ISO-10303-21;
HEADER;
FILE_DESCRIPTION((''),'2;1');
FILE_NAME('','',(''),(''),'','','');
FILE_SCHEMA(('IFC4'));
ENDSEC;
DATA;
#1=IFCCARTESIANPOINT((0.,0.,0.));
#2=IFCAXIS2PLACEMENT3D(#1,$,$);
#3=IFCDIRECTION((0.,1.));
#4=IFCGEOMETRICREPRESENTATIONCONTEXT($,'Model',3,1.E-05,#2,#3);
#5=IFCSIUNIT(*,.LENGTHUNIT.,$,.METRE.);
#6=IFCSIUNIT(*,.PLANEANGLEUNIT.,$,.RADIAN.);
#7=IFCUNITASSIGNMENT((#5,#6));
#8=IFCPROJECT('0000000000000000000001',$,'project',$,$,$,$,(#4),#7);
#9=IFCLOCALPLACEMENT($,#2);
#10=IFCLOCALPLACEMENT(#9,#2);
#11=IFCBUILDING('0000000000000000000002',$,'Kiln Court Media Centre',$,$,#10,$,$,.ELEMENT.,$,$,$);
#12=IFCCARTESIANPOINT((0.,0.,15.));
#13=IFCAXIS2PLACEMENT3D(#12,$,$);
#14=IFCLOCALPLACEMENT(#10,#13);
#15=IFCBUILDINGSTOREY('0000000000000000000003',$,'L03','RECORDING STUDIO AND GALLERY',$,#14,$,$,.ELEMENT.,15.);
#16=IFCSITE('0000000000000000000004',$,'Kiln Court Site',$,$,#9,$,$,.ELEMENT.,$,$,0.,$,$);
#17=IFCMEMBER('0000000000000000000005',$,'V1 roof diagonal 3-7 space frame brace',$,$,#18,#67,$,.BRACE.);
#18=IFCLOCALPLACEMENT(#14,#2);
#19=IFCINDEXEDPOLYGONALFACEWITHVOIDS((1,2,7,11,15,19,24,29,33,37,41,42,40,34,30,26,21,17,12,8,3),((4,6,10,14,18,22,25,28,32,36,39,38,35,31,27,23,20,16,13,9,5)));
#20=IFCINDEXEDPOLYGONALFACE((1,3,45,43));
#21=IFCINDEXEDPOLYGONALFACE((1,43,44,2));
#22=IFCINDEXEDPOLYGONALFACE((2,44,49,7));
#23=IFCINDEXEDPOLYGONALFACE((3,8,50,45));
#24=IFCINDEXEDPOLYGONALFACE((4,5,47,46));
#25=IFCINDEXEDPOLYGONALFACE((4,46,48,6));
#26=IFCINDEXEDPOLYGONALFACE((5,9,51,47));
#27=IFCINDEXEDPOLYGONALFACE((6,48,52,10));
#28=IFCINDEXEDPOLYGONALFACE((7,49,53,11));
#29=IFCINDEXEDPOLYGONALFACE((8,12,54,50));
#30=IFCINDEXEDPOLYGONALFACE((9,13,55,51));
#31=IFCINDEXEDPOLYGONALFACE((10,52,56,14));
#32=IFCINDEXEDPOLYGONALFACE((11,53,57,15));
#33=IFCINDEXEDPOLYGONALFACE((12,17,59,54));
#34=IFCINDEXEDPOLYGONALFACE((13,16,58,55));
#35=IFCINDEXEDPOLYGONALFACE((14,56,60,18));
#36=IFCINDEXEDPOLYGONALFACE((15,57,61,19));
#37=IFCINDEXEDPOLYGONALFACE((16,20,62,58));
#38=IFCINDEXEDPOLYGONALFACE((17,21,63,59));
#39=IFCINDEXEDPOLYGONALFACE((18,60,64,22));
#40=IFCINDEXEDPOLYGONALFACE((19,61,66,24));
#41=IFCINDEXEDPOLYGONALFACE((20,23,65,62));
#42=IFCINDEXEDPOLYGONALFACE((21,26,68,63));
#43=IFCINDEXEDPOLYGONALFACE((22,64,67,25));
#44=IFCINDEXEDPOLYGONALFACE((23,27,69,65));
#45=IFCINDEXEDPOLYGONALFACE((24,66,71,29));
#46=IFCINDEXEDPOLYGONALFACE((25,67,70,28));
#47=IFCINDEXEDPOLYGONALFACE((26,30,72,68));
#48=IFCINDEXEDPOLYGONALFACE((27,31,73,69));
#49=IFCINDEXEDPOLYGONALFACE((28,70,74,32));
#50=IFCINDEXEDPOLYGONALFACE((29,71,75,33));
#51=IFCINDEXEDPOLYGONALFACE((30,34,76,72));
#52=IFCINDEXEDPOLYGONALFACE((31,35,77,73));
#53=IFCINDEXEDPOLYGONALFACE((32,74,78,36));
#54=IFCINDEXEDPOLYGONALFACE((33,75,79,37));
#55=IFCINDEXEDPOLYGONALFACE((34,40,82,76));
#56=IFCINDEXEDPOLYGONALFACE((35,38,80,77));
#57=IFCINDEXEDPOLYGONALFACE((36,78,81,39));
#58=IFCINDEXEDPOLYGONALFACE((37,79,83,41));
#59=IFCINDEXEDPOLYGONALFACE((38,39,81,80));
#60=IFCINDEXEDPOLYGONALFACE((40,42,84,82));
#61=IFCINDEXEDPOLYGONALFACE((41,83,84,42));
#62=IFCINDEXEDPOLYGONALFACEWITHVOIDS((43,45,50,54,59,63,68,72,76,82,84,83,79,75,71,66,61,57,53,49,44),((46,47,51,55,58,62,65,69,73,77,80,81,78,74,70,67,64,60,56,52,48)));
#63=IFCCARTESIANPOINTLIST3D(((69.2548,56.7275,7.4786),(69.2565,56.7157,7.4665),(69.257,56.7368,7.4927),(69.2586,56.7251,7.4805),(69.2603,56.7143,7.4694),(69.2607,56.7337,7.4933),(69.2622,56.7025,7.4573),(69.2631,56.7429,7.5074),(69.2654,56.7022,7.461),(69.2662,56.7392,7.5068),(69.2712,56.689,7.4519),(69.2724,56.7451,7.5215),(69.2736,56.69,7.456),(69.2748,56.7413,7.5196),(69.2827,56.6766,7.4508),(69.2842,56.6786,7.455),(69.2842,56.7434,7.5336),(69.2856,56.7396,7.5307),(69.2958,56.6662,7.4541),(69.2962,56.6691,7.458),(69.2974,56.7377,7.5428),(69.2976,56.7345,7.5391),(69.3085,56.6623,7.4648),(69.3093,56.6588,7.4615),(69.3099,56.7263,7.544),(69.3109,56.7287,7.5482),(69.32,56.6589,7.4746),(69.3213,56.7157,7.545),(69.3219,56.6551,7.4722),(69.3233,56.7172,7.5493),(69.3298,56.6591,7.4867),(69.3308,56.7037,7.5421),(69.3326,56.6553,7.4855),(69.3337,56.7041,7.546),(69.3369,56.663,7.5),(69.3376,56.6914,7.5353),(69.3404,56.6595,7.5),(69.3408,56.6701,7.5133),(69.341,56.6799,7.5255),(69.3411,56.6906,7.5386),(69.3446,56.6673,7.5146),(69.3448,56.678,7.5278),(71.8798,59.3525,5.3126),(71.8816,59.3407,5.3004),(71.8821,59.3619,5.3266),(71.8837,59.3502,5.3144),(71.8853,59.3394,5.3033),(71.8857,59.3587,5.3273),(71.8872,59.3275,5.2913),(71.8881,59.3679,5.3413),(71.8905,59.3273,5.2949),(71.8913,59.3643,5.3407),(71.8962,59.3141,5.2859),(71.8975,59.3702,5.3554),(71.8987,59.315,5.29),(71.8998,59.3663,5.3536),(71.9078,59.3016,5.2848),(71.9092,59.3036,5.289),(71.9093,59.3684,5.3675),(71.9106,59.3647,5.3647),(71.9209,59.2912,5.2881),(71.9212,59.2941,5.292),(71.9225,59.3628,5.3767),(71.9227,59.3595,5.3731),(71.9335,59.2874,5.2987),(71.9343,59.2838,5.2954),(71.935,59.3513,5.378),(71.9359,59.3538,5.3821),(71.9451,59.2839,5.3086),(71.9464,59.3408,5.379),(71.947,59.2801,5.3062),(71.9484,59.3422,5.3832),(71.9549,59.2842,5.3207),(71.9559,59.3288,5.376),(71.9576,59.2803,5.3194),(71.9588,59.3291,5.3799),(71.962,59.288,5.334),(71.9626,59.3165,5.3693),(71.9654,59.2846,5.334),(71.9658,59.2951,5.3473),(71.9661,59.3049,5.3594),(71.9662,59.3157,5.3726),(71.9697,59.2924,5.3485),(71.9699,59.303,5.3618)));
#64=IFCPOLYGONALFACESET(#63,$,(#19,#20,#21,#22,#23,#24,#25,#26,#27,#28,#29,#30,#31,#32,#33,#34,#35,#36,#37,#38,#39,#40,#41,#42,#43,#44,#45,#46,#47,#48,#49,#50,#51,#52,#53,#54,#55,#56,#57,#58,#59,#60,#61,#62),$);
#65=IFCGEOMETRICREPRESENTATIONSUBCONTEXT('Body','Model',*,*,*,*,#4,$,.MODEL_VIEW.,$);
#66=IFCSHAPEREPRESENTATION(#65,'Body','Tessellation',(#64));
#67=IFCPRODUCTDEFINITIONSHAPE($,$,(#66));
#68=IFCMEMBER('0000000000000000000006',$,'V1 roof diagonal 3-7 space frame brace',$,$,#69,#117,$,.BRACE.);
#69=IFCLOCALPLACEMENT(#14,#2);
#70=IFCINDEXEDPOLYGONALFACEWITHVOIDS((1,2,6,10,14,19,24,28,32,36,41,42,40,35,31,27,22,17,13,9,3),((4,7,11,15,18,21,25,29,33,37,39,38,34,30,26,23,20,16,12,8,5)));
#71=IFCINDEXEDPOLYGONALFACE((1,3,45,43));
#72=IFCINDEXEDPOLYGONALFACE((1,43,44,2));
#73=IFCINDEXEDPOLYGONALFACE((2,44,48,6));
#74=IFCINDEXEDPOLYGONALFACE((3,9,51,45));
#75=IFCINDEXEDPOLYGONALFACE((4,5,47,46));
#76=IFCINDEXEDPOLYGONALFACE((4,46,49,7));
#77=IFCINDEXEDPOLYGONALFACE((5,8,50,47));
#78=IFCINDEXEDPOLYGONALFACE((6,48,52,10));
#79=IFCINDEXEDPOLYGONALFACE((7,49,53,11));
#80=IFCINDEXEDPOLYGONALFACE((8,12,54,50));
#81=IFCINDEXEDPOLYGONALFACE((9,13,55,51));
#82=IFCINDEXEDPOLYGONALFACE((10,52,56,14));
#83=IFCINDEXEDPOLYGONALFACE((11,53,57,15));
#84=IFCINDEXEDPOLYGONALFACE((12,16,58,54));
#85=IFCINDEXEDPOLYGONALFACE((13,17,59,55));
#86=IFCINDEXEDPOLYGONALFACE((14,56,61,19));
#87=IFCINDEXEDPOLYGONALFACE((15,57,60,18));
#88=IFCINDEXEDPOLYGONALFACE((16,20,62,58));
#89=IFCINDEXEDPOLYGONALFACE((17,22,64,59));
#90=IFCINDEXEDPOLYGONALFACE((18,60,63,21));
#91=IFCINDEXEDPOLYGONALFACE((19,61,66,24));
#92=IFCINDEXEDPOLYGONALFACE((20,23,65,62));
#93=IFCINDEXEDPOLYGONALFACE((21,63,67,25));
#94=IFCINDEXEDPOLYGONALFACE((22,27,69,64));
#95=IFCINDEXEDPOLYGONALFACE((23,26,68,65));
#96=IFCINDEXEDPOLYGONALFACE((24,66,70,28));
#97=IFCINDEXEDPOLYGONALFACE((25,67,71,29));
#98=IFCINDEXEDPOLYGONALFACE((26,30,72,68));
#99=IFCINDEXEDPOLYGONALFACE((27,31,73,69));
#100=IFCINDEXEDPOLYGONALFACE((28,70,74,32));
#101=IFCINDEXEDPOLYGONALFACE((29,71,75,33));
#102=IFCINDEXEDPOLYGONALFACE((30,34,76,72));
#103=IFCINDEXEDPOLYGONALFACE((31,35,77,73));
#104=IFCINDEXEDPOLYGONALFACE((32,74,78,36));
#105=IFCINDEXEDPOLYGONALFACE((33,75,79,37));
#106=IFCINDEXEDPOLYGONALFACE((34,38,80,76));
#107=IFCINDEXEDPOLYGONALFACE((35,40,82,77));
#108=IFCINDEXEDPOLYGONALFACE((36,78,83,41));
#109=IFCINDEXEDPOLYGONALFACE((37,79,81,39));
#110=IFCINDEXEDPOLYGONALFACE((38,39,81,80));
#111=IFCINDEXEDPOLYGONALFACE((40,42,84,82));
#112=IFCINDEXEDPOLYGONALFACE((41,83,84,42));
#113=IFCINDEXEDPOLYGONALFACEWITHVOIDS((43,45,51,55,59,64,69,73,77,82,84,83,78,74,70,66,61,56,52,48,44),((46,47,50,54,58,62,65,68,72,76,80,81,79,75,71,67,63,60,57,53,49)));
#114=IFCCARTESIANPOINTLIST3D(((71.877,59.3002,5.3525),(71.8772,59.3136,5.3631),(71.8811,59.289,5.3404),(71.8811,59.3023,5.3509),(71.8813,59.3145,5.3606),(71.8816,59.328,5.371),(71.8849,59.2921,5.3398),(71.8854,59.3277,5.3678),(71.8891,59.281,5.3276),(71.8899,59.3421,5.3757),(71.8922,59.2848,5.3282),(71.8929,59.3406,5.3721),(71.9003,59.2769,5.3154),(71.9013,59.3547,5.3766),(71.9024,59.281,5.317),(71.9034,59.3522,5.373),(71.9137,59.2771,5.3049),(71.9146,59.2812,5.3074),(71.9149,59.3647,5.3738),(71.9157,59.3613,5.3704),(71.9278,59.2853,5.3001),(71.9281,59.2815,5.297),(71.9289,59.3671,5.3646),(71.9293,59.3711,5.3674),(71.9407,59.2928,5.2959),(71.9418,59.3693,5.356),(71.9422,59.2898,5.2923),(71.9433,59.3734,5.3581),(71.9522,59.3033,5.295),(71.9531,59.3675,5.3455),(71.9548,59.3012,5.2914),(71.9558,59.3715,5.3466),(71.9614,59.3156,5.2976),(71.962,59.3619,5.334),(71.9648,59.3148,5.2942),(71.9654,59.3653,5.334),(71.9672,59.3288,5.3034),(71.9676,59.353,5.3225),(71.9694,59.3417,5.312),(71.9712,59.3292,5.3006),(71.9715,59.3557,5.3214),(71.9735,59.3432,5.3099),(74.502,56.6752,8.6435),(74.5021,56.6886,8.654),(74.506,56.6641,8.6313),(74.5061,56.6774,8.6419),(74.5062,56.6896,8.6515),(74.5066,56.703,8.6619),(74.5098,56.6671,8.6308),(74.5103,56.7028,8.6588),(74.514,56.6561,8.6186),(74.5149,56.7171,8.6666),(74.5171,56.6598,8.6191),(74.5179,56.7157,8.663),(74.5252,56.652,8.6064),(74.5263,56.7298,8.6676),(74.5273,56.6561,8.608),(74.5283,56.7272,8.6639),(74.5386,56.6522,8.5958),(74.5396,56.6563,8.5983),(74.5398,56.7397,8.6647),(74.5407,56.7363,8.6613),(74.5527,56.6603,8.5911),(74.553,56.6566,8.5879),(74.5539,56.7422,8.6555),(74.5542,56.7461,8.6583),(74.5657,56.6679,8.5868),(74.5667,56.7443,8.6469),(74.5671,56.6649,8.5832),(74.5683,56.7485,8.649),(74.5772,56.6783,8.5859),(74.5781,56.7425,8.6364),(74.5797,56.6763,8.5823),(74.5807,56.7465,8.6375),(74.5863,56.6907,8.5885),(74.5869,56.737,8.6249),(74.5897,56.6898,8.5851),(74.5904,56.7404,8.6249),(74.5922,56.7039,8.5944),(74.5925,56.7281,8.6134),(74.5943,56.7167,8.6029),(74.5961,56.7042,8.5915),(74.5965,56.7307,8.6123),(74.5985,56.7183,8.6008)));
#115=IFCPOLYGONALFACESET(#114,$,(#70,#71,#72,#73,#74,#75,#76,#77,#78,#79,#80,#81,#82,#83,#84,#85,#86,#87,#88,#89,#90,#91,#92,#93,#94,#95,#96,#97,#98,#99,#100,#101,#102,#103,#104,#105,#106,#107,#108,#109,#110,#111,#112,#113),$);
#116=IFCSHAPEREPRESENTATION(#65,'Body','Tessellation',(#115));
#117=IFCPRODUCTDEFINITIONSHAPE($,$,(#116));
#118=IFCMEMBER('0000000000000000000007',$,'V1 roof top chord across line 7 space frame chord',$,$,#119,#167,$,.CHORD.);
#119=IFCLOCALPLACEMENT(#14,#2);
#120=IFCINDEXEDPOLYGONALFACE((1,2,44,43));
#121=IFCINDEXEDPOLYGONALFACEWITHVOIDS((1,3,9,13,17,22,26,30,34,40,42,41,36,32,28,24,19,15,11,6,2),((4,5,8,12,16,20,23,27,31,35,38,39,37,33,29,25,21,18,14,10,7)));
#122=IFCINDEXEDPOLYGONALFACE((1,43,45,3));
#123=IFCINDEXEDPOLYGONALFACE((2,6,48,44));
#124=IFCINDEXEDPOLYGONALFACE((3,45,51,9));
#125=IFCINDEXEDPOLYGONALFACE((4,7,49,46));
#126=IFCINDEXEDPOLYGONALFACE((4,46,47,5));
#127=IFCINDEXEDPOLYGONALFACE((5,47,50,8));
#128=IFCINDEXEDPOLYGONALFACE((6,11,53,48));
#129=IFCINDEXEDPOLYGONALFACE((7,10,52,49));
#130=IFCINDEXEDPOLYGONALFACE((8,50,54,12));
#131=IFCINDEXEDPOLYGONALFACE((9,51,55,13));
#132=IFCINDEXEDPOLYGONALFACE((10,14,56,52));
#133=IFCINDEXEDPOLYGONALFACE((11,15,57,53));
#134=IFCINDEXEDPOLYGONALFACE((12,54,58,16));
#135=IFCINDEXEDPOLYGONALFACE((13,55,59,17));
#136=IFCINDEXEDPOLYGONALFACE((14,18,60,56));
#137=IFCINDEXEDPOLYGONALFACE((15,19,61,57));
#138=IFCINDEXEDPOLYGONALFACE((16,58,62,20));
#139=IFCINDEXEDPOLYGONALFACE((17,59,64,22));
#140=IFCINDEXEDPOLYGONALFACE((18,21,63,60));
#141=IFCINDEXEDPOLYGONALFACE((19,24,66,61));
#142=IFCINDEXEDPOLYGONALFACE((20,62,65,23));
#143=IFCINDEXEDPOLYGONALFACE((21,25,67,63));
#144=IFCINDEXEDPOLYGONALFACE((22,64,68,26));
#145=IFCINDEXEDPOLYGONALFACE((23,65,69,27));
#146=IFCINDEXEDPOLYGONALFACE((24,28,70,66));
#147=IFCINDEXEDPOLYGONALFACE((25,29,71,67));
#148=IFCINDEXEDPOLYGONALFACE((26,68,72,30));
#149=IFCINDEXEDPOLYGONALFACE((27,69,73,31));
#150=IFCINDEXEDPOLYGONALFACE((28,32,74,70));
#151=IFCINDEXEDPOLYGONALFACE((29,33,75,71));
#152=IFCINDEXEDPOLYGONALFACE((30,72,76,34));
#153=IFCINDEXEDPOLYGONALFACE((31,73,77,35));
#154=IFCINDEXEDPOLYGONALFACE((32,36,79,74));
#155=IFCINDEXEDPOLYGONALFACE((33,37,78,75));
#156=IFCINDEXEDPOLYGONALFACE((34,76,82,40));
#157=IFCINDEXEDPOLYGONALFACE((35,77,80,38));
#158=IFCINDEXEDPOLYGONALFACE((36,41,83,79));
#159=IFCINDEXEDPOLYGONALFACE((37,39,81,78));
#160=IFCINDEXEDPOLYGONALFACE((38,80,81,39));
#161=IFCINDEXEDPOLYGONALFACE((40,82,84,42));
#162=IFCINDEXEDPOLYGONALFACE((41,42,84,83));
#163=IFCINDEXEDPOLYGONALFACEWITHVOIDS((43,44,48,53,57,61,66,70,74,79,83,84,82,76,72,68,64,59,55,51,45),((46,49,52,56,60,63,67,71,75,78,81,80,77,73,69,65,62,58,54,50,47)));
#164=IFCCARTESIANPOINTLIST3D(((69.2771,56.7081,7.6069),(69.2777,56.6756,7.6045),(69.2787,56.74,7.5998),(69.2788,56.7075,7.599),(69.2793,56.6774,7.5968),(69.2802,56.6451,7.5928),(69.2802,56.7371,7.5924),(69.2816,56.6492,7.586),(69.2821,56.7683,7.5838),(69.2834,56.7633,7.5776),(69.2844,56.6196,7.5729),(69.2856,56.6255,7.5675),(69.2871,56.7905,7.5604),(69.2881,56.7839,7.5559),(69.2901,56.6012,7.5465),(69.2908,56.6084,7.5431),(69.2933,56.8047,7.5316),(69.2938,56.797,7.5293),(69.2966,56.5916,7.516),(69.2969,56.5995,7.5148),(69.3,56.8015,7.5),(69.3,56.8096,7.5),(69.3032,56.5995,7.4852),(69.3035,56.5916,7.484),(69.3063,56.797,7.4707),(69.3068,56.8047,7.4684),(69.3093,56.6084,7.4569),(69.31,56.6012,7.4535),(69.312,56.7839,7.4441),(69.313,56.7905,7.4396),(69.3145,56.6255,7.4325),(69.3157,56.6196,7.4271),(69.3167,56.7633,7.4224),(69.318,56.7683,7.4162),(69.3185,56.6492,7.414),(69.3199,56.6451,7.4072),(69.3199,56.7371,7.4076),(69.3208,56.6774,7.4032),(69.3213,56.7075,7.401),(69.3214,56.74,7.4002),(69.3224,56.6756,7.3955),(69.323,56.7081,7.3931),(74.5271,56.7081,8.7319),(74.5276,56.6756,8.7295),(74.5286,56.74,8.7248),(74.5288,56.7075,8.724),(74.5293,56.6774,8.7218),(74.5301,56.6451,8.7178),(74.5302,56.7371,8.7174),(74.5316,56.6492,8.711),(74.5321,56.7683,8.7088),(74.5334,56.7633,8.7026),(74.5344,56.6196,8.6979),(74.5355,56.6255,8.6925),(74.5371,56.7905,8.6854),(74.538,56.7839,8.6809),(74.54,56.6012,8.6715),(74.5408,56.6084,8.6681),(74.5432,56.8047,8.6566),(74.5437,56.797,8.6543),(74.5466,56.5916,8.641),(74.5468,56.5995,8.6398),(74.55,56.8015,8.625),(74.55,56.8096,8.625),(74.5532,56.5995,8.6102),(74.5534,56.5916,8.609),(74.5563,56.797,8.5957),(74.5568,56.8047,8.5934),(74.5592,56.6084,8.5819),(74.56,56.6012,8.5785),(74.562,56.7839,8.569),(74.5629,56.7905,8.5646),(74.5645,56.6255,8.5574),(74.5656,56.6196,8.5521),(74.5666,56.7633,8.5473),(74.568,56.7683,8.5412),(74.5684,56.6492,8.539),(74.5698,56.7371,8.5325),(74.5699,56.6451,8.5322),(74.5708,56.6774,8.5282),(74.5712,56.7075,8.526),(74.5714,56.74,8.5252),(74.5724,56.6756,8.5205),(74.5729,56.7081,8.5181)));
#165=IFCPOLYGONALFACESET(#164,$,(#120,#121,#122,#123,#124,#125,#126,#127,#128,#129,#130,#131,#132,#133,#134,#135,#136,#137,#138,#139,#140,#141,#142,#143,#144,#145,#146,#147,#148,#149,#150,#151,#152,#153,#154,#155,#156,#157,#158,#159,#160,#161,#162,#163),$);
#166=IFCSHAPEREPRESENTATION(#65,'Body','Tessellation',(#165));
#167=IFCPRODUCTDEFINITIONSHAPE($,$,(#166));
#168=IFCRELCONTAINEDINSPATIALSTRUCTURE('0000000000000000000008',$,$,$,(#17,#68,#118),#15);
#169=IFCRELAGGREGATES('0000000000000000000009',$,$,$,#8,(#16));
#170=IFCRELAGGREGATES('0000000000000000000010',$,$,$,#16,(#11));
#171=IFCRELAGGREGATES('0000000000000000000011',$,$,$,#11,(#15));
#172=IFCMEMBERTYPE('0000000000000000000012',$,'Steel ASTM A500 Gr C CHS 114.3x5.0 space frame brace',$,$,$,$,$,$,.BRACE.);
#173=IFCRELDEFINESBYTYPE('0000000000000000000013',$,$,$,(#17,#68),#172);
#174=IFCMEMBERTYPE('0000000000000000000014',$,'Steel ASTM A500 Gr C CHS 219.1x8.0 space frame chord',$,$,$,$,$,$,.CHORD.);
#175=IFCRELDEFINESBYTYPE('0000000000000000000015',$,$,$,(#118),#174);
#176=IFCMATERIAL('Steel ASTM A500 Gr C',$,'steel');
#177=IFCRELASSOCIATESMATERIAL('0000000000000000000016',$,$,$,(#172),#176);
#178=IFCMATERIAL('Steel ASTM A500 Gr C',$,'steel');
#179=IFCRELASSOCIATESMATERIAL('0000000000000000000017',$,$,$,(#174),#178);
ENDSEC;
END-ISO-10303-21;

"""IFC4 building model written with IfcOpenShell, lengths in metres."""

from ifc_helpers import new_model, si_unit, direction, frame, origin, origin_2d, place, context, subcontext, project, spatial, hollow_circle, extrude, material, material_profile, profile_set, type_object, element, save


model = new_model("IFC4")

# Units and contexts
model_context = context("Model", 3, precision=1e-05, world=origin(), true_north=direction((0.0, 1.0)))
body_context = subcontext(model_context, "Body", "Model", "MODEL_VIEW")
ifc_project = project(units=[si_unit("LENGTHUNIT", "METRE"), si_unit("PLANEANGLEUNIT", "RADIAN")], contexts=[model_context])

# Site, building, storey
site_placement = place(None, origin())
site = spatial("IfcSite", under=ifc_project, at=site_placement, Name="Kiln Court Site", CompositionType="ELEMENT", RefElevation=0.0)
building_placement = place(site_placement, origin())
building = spatial("IfcBuilding", under=site, at=building_placement, Name="Kiln Court Media Centre", CompositionType="ELEMENT")
storey_placement = place(building_placement, frame((0.0, 0.0, 15.0)))
storey = spatial("IfcBuildingStorey", under=building, at=storey_placement, Name="L03", Description="RECORDING STUDIO AND GALLERY", CompositionType="ELEMENT", Elevation=15.0)

# Members
ifc_material_1 = material(Name="Steel ASTM A500 Gr C", Category="steel")
ifc_material_profile_1 = material_profile(ifc_material_1, hollow_circle(Radius=0.0571, WallThickness=0.0049, at=origin_2d()), Name="CHS 114.3x5.0")
ifc_profile_set_1 = profile_set([ifc_material_profile_1], Name="Steel ASTM A500 Gr C")
member_type_1 = type_object("IfcMemberType", Name="Steel ASTM A500 Gr C CHS 114.3x5.0 space frame brace", PredefinedType="BRACE", material=ifc_profile_set_1)
member_1_placement = place(storey_placement, frame((71.925, 59.325, 5.334), z_axis=(-0.610748, -0.610748, 0.503958), x_axis=(0.707107, -0.707107, 0.0)))
element("IfcMember", 1, at=member_1_placement, inside=storey, type_object=member_type_1, Name="V1 roof diagonal 3-7 space frame brace", PredefinedType="BRACE", context=body_context, shape_type="SweptSolid", body=[
    extrude(hollow_circle(Radius=0.0571, WallThickness=0.0049, at=origin_2d()), origin(), (0.0, 0.0, 1.0), 4.2981),
])
member_2_placement = place(storey_placement, frame((71.925, 59.325, 5.334), z_axis=(0.529122, -0.529122, 0.663371), x_axis=(0.707107, 0.707107, 0.0)))
element("IfcMember", 2, at=member_2_placement, inside=storey, type_object=member_type_1, Name="V1 roof diagonal 3-7 space frame brace", PredefinedType="BRACE", context=body_context, shape_type="SweptSolid", body=[
    extrude(hollow_circle(Radius=0.0571, WallThickness=0.0049, at=origin_2d()), origin(), (0.0, 0.0, 1.0), 4.9609),
])
ifc_material_2 = material(Name="Steel ASTM A500 Gr C", Category="steel")
ifc_material_profile_2 = material_profile(ifc_material_2, hollow_circle(Radius=0.1096, WallThickness=0.0081, at=origin_2d()), Name="CHS 219.1x8.0")
ifc_profile_set_2 = profile_set([ifc_material_profile_2], Name="Steel ASTM A500 Gr C")
member_type_2 = type_object("IfcMemberType", Name="Steel ASTM A500 Gr C CHS 219.1x8.0 space frame chord", PredefinedType="CHORD", material=ifc_profile_set_2)
member_3_placement = place(storey_placement, frame((69.3, 56.7, 7.5), z_axis=(0.977802, 0.0, 0.209529), x_axis=(0.0, 1.0, 0.0)))
element("IfcMember", 3, at=member_3_placement, inside=storey, type_object=member_type_2, Name="V1 roof top chord across line 7 space frame chord", PredefinedType="CHORD", context=body_context, shape_type="SweptSolid", body=[
    extrude(hollow_circle(Radius=0.1096, WallThickness=0.0081, at=origin_2d()), origin(), (0.0, 0.0, 1.0), 5.3691),
])

save(model, "model.ifc")
